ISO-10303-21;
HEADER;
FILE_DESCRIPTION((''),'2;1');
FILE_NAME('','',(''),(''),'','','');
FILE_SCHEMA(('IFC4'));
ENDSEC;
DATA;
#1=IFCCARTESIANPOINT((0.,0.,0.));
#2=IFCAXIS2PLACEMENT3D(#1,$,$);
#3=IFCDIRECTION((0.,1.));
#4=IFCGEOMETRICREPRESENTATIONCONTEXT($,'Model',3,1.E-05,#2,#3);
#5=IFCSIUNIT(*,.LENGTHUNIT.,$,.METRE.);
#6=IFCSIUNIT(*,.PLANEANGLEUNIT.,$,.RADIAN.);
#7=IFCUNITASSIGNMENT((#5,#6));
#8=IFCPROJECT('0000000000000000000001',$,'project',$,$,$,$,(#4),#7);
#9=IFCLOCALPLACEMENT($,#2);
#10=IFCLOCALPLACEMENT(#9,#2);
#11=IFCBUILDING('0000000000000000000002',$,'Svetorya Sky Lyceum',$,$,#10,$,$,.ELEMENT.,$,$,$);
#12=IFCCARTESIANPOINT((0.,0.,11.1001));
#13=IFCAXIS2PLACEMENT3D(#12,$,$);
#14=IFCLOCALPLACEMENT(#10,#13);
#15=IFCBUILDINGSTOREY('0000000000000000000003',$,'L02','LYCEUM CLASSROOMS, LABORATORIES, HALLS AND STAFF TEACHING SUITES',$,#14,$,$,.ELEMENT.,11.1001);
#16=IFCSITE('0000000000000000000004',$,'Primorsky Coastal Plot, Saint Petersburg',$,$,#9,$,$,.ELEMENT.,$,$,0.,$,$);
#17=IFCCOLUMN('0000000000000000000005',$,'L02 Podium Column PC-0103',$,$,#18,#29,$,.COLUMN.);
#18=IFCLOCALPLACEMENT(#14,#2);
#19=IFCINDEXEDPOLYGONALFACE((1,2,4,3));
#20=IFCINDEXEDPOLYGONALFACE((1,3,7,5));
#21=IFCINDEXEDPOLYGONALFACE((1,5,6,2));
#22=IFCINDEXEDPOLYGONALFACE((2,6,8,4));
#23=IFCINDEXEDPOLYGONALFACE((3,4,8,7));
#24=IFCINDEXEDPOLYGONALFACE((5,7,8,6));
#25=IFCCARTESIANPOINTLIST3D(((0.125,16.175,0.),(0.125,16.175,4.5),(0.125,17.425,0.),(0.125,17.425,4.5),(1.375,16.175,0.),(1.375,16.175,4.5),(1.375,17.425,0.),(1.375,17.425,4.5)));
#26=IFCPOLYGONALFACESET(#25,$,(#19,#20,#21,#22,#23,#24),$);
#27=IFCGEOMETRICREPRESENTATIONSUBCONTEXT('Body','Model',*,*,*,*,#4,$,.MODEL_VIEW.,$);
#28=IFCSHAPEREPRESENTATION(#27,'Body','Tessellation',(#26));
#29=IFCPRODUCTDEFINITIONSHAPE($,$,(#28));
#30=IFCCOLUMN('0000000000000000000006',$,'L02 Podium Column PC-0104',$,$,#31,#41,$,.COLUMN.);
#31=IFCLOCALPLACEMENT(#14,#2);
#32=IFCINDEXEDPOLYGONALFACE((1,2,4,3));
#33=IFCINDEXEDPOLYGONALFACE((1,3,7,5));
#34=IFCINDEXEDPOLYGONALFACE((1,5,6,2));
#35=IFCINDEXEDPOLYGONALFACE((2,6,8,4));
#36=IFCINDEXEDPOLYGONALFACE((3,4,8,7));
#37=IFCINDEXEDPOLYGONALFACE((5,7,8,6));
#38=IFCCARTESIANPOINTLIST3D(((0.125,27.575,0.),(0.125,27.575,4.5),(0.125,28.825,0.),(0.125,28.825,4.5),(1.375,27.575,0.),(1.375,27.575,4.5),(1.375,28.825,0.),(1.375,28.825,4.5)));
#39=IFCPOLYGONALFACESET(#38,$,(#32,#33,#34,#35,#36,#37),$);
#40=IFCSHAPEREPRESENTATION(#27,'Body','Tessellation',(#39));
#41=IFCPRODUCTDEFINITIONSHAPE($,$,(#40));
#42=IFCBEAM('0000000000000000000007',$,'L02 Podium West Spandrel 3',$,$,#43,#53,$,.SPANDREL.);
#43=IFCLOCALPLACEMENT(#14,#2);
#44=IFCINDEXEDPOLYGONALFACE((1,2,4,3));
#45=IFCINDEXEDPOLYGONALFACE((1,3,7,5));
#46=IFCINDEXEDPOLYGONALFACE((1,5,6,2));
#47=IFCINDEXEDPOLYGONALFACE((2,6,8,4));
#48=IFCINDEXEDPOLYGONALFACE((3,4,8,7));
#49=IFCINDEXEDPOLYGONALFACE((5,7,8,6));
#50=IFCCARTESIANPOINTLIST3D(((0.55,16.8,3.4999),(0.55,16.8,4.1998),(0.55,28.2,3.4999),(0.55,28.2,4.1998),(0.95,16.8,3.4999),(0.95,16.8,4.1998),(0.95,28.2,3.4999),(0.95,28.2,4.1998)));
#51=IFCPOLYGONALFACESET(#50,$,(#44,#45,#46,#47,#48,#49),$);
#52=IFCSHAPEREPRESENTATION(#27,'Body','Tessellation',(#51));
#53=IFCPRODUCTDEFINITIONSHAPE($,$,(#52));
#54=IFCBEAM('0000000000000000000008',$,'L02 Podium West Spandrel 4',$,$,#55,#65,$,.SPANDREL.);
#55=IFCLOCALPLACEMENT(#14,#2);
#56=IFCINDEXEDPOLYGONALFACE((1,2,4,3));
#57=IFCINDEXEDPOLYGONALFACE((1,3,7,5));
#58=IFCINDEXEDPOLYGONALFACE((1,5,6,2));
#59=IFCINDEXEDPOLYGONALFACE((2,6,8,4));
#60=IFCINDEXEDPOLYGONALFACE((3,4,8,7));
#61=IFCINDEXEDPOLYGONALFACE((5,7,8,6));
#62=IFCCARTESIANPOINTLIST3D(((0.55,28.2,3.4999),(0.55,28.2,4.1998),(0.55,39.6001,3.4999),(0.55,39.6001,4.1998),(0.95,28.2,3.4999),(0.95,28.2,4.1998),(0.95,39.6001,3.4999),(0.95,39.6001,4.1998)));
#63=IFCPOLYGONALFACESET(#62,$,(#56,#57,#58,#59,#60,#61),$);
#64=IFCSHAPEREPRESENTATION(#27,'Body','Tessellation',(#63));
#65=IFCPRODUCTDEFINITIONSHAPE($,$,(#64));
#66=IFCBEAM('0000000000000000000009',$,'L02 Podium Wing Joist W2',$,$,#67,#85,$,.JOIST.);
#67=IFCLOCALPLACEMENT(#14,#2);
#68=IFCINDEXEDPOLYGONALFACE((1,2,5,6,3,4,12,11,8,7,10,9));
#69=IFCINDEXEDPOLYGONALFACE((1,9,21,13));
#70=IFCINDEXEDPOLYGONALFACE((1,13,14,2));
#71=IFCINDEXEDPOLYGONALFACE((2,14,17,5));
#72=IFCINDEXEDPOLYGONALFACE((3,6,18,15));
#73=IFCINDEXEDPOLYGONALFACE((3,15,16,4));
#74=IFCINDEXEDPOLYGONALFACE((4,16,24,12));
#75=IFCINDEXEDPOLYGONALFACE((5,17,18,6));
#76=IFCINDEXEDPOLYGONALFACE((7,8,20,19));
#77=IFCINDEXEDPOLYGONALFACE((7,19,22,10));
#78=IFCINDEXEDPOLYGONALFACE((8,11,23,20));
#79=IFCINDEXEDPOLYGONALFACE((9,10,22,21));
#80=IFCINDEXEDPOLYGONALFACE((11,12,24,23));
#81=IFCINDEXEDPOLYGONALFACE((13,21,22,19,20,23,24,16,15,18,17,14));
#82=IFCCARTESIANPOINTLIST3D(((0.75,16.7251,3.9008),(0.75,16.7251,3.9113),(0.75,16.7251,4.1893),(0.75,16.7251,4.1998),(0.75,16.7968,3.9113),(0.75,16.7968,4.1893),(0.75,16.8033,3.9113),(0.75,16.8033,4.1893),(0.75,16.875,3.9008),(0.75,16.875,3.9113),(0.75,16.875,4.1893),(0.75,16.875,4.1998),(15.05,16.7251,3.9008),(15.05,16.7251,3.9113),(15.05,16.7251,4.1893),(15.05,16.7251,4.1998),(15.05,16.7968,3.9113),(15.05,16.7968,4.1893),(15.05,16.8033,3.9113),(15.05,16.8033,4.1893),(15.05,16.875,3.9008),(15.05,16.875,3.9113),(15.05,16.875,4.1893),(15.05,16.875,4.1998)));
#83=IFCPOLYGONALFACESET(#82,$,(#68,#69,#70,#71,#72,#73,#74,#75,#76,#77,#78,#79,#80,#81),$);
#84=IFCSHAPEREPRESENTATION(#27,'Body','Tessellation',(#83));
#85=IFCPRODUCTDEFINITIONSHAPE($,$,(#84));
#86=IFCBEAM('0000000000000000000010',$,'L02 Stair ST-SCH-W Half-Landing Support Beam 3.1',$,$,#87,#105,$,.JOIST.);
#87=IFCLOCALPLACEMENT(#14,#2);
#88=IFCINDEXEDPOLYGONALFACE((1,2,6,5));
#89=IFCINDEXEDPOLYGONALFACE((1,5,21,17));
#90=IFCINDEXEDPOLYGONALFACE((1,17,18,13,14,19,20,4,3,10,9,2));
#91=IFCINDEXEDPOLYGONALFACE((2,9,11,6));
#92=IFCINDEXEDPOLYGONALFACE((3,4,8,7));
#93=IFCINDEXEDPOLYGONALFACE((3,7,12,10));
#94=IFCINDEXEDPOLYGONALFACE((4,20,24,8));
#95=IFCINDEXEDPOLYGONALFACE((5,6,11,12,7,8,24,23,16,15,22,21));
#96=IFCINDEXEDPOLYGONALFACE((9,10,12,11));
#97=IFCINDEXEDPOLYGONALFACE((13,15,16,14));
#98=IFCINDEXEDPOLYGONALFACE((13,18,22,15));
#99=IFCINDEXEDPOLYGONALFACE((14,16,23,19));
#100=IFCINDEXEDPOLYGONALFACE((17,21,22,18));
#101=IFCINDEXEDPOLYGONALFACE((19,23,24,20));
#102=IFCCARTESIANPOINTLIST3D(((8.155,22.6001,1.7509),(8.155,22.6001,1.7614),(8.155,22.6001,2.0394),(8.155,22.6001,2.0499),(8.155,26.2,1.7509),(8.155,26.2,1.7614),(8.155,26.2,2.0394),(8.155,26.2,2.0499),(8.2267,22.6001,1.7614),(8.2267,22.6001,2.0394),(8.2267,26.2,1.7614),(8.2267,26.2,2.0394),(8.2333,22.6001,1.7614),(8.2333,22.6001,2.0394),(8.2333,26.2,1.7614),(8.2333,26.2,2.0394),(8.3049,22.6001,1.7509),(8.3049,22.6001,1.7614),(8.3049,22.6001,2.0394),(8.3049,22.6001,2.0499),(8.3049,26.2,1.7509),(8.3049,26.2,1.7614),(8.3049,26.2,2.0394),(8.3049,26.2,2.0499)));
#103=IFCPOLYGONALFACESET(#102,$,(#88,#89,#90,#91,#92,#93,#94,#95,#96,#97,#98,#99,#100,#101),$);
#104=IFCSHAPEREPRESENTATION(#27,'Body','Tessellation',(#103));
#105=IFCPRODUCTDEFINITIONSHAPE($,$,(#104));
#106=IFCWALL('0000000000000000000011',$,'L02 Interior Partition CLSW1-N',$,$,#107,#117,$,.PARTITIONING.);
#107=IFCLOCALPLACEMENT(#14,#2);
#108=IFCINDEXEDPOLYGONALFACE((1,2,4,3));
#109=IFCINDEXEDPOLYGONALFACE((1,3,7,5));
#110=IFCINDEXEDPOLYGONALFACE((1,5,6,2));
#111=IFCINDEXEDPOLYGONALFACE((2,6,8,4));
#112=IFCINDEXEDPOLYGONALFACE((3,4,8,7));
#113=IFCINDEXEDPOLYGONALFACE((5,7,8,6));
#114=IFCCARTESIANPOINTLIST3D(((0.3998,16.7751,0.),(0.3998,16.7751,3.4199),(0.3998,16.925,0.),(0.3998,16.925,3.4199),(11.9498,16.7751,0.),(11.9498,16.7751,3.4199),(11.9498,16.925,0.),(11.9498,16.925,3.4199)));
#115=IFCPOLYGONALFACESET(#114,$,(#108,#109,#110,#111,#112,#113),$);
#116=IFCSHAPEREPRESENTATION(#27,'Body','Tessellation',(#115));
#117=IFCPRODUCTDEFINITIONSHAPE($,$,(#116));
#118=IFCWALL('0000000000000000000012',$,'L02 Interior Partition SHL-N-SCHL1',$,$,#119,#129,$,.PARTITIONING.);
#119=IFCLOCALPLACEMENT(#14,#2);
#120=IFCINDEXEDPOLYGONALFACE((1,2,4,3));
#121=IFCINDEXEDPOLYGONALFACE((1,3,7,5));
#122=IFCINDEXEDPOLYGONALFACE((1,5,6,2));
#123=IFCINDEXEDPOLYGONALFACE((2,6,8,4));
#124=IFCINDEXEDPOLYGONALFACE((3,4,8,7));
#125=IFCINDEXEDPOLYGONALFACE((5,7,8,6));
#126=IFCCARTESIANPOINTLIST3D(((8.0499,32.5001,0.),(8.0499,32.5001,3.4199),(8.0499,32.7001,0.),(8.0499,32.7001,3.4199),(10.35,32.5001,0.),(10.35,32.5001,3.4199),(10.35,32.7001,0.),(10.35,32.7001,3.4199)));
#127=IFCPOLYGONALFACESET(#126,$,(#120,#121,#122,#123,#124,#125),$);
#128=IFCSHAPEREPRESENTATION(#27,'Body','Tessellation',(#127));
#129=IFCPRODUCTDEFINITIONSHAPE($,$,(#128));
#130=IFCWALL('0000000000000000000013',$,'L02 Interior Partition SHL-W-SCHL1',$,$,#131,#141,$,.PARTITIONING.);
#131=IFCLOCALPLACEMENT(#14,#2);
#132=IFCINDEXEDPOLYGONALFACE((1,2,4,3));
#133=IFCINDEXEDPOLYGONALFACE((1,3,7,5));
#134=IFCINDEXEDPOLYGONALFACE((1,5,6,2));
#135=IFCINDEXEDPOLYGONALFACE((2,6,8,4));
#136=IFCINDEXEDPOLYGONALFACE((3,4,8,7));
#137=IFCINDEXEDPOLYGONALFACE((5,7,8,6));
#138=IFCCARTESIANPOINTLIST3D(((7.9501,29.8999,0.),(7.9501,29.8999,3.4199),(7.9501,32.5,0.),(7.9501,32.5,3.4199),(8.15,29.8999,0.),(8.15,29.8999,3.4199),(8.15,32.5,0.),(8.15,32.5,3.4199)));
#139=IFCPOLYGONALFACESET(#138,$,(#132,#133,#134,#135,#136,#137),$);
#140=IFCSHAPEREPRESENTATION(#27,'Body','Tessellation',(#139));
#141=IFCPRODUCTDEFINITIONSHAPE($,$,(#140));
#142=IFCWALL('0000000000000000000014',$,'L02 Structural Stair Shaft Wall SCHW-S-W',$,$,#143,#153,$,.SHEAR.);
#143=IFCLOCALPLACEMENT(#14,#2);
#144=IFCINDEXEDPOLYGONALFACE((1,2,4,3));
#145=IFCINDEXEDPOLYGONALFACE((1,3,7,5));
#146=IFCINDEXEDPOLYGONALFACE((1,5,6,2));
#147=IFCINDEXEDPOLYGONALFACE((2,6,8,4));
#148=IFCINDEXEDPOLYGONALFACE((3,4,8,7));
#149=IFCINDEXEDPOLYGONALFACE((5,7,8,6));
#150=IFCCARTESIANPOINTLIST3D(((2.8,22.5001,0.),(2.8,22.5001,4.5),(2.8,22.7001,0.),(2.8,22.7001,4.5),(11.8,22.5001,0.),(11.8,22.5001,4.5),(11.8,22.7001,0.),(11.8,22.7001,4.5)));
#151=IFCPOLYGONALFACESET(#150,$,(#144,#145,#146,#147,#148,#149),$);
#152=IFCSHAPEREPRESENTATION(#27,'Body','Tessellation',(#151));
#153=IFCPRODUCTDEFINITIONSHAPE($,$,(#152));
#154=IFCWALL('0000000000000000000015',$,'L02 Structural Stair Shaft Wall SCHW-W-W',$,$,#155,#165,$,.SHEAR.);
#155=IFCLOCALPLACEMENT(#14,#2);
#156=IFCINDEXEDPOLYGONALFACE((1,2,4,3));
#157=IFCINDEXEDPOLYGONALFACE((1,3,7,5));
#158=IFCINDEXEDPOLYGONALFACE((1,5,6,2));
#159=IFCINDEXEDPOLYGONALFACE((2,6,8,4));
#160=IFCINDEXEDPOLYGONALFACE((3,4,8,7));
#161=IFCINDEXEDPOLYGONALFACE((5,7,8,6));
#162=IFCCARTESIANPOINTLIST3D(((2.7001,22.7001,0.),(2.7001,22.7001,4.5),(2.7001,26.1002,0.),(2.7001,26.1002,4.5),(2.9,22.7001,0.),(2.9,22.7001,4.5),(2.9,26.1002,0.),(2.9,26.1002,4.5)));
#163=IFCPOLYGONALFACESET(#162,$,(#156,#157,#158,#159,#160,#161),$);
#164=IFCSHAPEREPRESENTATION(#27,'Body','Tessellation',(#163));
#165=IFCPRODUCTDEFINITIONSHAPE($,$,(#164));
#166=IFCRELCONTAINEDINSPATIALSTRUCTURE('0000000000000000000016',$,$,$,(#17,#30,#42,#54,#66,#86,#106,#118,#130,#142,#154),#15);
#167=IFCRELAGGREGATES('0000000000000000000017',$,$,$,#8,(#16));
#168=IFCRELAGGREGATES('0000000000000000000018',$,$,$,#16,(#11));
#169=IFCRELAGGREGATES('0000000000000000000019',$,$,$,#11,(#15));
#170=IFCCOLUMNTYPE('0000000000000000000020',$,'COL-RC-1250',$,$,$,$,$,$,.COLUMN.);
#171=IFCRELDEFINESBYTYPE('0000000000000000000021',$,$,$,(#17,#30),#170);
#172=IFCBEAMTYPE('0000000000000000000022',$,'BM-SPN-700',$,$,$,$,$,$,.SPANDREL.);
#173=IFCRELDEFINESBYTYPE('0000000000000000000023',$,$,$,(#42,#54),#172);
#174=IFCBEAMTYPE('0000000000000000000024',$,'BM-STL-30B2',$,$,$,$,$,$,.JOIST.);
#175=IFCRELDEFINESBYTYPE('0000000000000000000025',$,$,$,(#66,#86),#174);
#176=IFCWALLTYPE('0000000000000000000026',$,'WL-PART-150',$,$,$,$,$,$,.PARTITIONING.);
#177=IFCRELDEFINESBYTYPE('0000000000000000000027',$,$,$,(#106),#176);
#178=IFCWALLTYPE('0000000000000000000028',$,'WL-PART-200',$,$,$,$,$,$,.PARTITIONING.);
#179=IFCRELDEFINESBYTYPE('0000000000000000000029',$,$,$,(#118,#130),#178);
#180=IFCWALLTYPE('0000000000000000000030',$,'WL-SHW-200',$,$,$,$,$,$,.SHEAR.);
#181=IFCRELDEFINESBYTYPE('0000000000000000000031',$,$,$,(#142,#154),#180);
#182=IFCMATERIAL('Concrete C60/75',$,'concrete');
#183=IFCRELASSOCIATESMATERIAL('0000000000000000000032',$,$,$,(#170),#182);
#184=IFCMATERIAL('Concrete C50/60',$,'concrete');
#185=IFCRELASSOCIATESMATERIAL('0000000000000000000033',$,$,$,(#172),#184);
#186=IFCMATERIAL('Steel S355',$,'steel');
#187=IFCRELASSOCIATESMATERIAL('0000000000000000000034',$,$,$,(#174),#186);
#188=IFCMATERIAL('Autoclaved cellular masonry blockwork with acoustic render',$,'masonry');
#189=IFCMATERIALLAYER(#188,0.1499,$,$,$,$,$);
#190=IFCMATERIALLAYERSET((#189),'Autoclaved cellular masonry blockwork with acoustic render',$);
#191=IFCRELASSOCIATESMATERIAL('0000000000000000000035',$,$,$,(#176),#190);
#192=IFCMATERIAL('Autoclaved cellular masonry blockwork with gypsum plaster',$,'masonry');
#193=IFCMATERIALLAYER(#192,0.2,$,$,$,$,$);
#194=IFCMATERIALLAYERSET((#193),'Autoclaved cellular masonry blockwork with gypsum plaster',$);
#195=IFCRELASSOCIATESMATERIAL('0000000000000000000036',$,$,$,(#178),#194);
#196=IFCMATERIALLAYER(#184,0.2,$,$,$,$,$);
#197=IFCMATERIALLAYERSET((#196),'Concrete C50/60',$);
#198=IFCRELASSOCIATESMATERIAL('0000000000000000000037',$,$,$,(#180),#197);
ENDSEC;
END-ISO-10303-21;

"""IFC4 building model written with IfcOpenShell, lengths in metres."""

from ifc_helpers import new_model, si_unit, direction, frame, frame_2d, origin, origin_2d, place, context, subcontext, project, spatial, rectangle, i_section, extrude, material, layer, layer_set, material_profile, profile_set, type_object, element, save


model = new_model("IFC4")

# Units and contexts
model_context = context("Model", 3, precision=1e-05, world=origin(), true_north=direction((0.0, 1.0)))
body_context = subcontext(model_context, "Body", "Model", "MODEL_VIEW")
ifc_project = project(units=[si_unit("LENGTHUNIT", "METRE"), si_unit("PLANEANGLEUNIT", "RADIAN")], contexts=[model_context])

# Site, building, storey
site_placement = place(None, origin())
site = spatial("IfcSite", under=ifc_project, at=site_placement, Name="Primorsky Coastal Plot, Saint Petersburg", CompositionType="ELEMENT", RefElevation=0.0)
building_placement = place(site_placement, origin())
building = spatial("IfcBuilding", under=site, at=building_placement, Name="Svetorya Sky Lyceum", CompositionType="ELEMENT")
storey_placement = place(building_placement, frame((0.0, 0.0, 11.1001)))
storey = spatial("IfcBuildingStorey", under=building, at=storey_placement, Name="L02", Description="LYCEUM CLASSROOMS, LABORATORIES, HALLS AND STAFF TEACHING SUITES", CompositionType="ELEMENT", Elevation=11.1001)

# Columns
ifc_material_1 = material(Name="Concrete C60/75", Category="concrete")
ifc_material_profile_1 = material_profile(ifc_material_1, rectangle(XDim=1.25, YDim=1.25, at=origin_2d()), Name="RC COL 1250x1250")
ifc_profile_set_1 = profile_set([ifc_material_profile_1], Name="Concrete C60/75")
column_type = type_object("IfcColumnType", Name="COL-RC-1250", PredefinedType="COLUMN", material=ifc_profile_set_1)
for number, where, z_axis, x_axis, name in (
    (1, (0.75, 16.8, 0.0), (0.0, 0.0, 1.0), (1.0, 0.0, 0.0), "L02 Podium Column PC-0103"),
    (2, (0.75, 28.2, 0.0), (0.0, 0.0, 1.0), (1.0, 0.0, 0.0), "L02 Podium Column PC-0104"),
):
    element("IfcColumn", number, at=place(storey_placement, frame(where, z_axis=z_axis, x_axis=x_axis)), inside=storey, type_object=column_type, Name=name, PredefinedType="COLUMN", context=body_context, shape_type="SweptSolid", body=[
        extrude(rectangle(XDim=1.25, YDim=1.25, at=origin_2d()), origin(), (0.0, 0.0, 1.0), 4.5),
    ])

# Beams
ifc_material_2 = material(Name="Concrete C50/60", Category="concrete")
ifc_material_profile_2 = material_profile(ifc_material_2, rectangle(XDim=0.3999, YDim=0.7, at=origin_2d()), Name="RC SPANDREL 400x700")
ifc_profile_set_2 = profile_set([ifc_material_profile_2], Name="Concrete C50/60")
beam_type_1 = type_object("IfcBeamType", Name="BM-SPN-700", PredefinedType="SPANDREL", material=ifc_profile_set_2)
beam_1_placement = place(storey_placement, frame((0.75, 16.8, 3.8499), z_axis=(0.0, 1.0, 0.0), x_axis=(-1.0, 0.0, 0.0)))
element("IfcBeam", 3, at=beam_1_placement, inside=storey, type_object=beam_type_1, Name="L02 Podium West Spandrel 3", PredefinedType="SPANDREL", context=body_context, shape_type="SweptSolid", body=[
    extrude(rectangle(XDim=0.3999, YDim=0.7, at=origin_2d()), origin(), (0.0, 0.0, 1.0), 11.3999),
])
beam_2_placement = place(storey_placement, frame((0.75, 28.2, 3.8499), z_axis=(0.0, 1.0, 0.0), x_axis=(-1.0, 0.0, 0.0)))
element("IfcBeam", 4, at=beam_2_placement, inside=storey, type_object=beam_type_1, Name="L02 Podium West Spandrel 4", PredefinedType="SPANDREL", context=body_context, shape_type="SweptSolid", body=[
    extrude(rectangle(XDim=0.3999, YDim=0.7, at=origin_2d()), origin(), (0.0, 0.0, 1.0), 11.4001),
])
ifc_material_3 = material(Name="Steel S355", Category="steel")
ifc_material_profile_3 = material_profile(ifc_material_3, i_section(OverallWidth=0.1499, OverallDepth=0.2991, WebThickness=0.0066, FlangeThickness=0.0105, at=origin_2d()), Name="GOST 30B2")
ifc_profile_set_3 = profile_set([ifc_material_profile_3], Name="Steel S355")
beam_type_2 = type_object("IfcBeamType", Name="BM-STL-30B2", PredefinedType="JOIST", material=ifc_profile_set_3)
beam_3_placement = place(storey_placement, frame((0.75, 16.8, 4.0503), z_axis=(1.0, 0.0, 0.0), x_axis=(0.0, 1.0, 0.0)))
element("IfcBeam", 5, at=beam_3_placement, inside=storey, type_object=beam_type_2, Name="L02 Podium Wing Joist W2", PredefinedType="JOIST", context=body_context, shape_type="SweptSolid", body=[
    extrude(i_section(OverallWidth=0.1499, OverallDepth=0.2991, WebThickness=0.0066, FlangeThickness=0.0105, at=origin_2d()), origin(), (0.0, 0.0, 1.0), 14.3),
])
beam_4_placement = place(storey_placement, frame((8.23, 22.6001, 1.9004), z_axis=(0.0, 1.0, 0.0), x_axis=(-1.0, 0.0, 0.0)))
element("IfcBeam", 6, at=beam_4_placement, inside=storey, type_object=beam_type_2, Name="L02 Stair ST-SCH-W Half-Landing Support Beam 3.1", PredefinedType="JOIST", context=body_context, shape_type="SweptSolid", body=[
    extrude(i_section(OverallWidth=0.1499, OverallDepth=0.2991, WebThickness=0.0066, FlangeThickness=0.0105, at=origin_2d()), origin(), (0.0, 0.0, 1.0), 3.5999),
])

# Walls
ifc_material_4 = material(Name="Autoclaved cellular masonry blockwork with acoustic render", Category="masonry")
ifc_layer_1 = layer(ifc_material_4, 0.1499)
ifc_layer_set_1 = layer_set([ifc_layer_1], Name="Autoclaved cellular masonry blockwork with acoustic render")
wall_type_1 = type_object("IfcWallType", Name="WL-PART-150", PredefinedType="PARTITIONING", material=ifc_layer_set_1)
wall_1_placement = place(storey_placement, frame((0.3999, 16.8501, 0.0), z_axis=(0.0, 0.0, 1.0), x_axis=(1.0, 0.0, 0.0)))
element("IfcWall", 7, at=wall_1_placement, inside=storey, type_object=wall_type_1, Name="L02 Interior Partition CLSW1-N", PredefinedType="PARTITIONING", context=body_context, shape_type="SweptSolid", body=[
    extrude(rectangle(XDim=11.55, YDim=0.1499, at=frame_2d((5.7749, 0.0))), origin(), (0.0, 0.0, 1.0), 3.4199),
])
ifc_material_5 = material(Name="Autoclaved cellular masonry blockwork with gypsum plaster", Category="masonry")
ifc_layer_2 = layer(ifc_material_5, 0.2)
ifc_layer_set_2 = layer_set([ifc_layer_2], Name="Autoclaved cellular masonry blockwork with gypsum plaster")
wall_type_2 = type_object("IfcWallType", Name="WL-PART-200", PredefinedType="PARTITIONING", material=ifc_layer_set_2)
wall_2_placement = place(storey_placement, frame((8.05, 32.6001, 0.0), z_axis=(0.0, 0.0, 1.0), x_axis=(1.0, 0.0, 0.0)))
element("IfcWall", 8, at=wall_2_placement, inside=storey, type_object=wall_type_2, Name="L02 Interior Partition SHL-N-SCHL1", PredefinedType="PARTITIONING", context=body_context, shape_type="SweptSolid", body=[
    extrude(rectangle(XDim=2.3, YDim=0.2, at=frame_2d((1.1499, 0.0))), origin(), (0.0, 0.0, 1.0), 3.4199),
])
wall_3_placement = place(storey_placement, frame((8.05, 29.8999, 0.0), z_axis=(0.0, 0.0, 1.0), x_axis=(0.0, 1.0, 0.0)))
element("IfcWall", 9, at=wall_3_placement, inside=storey, type_object=wall_type_2, Name="L02 Interior Partition SHL-W-SCHL1", PredefinedType="PARTITIONING", context=body_context, shape_type="SweptSolid", body=[
    extrude(rectangle(XDim=2.6001, YDim=0.2, at=frame_2d((1.3, 0.0))), origin(), (0.0, 0.0, 1.0), 3.4199),
])

# Walls
ifc_layer_3 = layer(ifc_material_2, 0.2)
ifc_layer_set_3 = layer_set([ifc_layer_3], Name="Concrete C50/60")
wall_type_3 = type_object("IfcWallType", Name="WL-SHW-200", PredefinedType="SHEAR", material=ifc_layer_set_3)
wall_4_placement = place(storey_placement, frame((2.8, 22.6001, 0.0), z_axis=(0.0, 0.0, 1.0), x_axis=(1.0, 0.0, 0.0)))
element("IfcWall", 10, at=wall_4_placement, inside=storey, type_object=wall_type_3, Name="L02 Structural Stair Shaft Wall SCHW-S-W", PredefinedType="SHEAR", context=body_context, shape_type="SweptSolid", body=[
    extrude(rectangle(XDim=9.0, YDim=0.2, at=frame_2d((4.5, 0.0))), origin(), (0.0, 0.0, 1.0), 4.5),
])
wall_5_placement = place(storey_placement, frame((2.8, 22.7, 0.0), z_axis=(0.0, 0.0, 1.0), x_axis=(0.0, 1.0, 0.0)))
element("IfcWall", 11, at=wall_5_placement, inside=storey, type_object=wall_type_3, Name="L02 Structural Stair Shaft Wall SCHW-W-W", PredefinedType="SHEAR", context=body_context, shape_type="SweptSolid", body=[
    extrude(rectangle(XDim=3.4001, YDim=0.2, at=frame_2d((1.7002, 0.0))), origin(), (0.0, 0.0, 1.0), 4.5),
])

save(model, "model.ifc")
